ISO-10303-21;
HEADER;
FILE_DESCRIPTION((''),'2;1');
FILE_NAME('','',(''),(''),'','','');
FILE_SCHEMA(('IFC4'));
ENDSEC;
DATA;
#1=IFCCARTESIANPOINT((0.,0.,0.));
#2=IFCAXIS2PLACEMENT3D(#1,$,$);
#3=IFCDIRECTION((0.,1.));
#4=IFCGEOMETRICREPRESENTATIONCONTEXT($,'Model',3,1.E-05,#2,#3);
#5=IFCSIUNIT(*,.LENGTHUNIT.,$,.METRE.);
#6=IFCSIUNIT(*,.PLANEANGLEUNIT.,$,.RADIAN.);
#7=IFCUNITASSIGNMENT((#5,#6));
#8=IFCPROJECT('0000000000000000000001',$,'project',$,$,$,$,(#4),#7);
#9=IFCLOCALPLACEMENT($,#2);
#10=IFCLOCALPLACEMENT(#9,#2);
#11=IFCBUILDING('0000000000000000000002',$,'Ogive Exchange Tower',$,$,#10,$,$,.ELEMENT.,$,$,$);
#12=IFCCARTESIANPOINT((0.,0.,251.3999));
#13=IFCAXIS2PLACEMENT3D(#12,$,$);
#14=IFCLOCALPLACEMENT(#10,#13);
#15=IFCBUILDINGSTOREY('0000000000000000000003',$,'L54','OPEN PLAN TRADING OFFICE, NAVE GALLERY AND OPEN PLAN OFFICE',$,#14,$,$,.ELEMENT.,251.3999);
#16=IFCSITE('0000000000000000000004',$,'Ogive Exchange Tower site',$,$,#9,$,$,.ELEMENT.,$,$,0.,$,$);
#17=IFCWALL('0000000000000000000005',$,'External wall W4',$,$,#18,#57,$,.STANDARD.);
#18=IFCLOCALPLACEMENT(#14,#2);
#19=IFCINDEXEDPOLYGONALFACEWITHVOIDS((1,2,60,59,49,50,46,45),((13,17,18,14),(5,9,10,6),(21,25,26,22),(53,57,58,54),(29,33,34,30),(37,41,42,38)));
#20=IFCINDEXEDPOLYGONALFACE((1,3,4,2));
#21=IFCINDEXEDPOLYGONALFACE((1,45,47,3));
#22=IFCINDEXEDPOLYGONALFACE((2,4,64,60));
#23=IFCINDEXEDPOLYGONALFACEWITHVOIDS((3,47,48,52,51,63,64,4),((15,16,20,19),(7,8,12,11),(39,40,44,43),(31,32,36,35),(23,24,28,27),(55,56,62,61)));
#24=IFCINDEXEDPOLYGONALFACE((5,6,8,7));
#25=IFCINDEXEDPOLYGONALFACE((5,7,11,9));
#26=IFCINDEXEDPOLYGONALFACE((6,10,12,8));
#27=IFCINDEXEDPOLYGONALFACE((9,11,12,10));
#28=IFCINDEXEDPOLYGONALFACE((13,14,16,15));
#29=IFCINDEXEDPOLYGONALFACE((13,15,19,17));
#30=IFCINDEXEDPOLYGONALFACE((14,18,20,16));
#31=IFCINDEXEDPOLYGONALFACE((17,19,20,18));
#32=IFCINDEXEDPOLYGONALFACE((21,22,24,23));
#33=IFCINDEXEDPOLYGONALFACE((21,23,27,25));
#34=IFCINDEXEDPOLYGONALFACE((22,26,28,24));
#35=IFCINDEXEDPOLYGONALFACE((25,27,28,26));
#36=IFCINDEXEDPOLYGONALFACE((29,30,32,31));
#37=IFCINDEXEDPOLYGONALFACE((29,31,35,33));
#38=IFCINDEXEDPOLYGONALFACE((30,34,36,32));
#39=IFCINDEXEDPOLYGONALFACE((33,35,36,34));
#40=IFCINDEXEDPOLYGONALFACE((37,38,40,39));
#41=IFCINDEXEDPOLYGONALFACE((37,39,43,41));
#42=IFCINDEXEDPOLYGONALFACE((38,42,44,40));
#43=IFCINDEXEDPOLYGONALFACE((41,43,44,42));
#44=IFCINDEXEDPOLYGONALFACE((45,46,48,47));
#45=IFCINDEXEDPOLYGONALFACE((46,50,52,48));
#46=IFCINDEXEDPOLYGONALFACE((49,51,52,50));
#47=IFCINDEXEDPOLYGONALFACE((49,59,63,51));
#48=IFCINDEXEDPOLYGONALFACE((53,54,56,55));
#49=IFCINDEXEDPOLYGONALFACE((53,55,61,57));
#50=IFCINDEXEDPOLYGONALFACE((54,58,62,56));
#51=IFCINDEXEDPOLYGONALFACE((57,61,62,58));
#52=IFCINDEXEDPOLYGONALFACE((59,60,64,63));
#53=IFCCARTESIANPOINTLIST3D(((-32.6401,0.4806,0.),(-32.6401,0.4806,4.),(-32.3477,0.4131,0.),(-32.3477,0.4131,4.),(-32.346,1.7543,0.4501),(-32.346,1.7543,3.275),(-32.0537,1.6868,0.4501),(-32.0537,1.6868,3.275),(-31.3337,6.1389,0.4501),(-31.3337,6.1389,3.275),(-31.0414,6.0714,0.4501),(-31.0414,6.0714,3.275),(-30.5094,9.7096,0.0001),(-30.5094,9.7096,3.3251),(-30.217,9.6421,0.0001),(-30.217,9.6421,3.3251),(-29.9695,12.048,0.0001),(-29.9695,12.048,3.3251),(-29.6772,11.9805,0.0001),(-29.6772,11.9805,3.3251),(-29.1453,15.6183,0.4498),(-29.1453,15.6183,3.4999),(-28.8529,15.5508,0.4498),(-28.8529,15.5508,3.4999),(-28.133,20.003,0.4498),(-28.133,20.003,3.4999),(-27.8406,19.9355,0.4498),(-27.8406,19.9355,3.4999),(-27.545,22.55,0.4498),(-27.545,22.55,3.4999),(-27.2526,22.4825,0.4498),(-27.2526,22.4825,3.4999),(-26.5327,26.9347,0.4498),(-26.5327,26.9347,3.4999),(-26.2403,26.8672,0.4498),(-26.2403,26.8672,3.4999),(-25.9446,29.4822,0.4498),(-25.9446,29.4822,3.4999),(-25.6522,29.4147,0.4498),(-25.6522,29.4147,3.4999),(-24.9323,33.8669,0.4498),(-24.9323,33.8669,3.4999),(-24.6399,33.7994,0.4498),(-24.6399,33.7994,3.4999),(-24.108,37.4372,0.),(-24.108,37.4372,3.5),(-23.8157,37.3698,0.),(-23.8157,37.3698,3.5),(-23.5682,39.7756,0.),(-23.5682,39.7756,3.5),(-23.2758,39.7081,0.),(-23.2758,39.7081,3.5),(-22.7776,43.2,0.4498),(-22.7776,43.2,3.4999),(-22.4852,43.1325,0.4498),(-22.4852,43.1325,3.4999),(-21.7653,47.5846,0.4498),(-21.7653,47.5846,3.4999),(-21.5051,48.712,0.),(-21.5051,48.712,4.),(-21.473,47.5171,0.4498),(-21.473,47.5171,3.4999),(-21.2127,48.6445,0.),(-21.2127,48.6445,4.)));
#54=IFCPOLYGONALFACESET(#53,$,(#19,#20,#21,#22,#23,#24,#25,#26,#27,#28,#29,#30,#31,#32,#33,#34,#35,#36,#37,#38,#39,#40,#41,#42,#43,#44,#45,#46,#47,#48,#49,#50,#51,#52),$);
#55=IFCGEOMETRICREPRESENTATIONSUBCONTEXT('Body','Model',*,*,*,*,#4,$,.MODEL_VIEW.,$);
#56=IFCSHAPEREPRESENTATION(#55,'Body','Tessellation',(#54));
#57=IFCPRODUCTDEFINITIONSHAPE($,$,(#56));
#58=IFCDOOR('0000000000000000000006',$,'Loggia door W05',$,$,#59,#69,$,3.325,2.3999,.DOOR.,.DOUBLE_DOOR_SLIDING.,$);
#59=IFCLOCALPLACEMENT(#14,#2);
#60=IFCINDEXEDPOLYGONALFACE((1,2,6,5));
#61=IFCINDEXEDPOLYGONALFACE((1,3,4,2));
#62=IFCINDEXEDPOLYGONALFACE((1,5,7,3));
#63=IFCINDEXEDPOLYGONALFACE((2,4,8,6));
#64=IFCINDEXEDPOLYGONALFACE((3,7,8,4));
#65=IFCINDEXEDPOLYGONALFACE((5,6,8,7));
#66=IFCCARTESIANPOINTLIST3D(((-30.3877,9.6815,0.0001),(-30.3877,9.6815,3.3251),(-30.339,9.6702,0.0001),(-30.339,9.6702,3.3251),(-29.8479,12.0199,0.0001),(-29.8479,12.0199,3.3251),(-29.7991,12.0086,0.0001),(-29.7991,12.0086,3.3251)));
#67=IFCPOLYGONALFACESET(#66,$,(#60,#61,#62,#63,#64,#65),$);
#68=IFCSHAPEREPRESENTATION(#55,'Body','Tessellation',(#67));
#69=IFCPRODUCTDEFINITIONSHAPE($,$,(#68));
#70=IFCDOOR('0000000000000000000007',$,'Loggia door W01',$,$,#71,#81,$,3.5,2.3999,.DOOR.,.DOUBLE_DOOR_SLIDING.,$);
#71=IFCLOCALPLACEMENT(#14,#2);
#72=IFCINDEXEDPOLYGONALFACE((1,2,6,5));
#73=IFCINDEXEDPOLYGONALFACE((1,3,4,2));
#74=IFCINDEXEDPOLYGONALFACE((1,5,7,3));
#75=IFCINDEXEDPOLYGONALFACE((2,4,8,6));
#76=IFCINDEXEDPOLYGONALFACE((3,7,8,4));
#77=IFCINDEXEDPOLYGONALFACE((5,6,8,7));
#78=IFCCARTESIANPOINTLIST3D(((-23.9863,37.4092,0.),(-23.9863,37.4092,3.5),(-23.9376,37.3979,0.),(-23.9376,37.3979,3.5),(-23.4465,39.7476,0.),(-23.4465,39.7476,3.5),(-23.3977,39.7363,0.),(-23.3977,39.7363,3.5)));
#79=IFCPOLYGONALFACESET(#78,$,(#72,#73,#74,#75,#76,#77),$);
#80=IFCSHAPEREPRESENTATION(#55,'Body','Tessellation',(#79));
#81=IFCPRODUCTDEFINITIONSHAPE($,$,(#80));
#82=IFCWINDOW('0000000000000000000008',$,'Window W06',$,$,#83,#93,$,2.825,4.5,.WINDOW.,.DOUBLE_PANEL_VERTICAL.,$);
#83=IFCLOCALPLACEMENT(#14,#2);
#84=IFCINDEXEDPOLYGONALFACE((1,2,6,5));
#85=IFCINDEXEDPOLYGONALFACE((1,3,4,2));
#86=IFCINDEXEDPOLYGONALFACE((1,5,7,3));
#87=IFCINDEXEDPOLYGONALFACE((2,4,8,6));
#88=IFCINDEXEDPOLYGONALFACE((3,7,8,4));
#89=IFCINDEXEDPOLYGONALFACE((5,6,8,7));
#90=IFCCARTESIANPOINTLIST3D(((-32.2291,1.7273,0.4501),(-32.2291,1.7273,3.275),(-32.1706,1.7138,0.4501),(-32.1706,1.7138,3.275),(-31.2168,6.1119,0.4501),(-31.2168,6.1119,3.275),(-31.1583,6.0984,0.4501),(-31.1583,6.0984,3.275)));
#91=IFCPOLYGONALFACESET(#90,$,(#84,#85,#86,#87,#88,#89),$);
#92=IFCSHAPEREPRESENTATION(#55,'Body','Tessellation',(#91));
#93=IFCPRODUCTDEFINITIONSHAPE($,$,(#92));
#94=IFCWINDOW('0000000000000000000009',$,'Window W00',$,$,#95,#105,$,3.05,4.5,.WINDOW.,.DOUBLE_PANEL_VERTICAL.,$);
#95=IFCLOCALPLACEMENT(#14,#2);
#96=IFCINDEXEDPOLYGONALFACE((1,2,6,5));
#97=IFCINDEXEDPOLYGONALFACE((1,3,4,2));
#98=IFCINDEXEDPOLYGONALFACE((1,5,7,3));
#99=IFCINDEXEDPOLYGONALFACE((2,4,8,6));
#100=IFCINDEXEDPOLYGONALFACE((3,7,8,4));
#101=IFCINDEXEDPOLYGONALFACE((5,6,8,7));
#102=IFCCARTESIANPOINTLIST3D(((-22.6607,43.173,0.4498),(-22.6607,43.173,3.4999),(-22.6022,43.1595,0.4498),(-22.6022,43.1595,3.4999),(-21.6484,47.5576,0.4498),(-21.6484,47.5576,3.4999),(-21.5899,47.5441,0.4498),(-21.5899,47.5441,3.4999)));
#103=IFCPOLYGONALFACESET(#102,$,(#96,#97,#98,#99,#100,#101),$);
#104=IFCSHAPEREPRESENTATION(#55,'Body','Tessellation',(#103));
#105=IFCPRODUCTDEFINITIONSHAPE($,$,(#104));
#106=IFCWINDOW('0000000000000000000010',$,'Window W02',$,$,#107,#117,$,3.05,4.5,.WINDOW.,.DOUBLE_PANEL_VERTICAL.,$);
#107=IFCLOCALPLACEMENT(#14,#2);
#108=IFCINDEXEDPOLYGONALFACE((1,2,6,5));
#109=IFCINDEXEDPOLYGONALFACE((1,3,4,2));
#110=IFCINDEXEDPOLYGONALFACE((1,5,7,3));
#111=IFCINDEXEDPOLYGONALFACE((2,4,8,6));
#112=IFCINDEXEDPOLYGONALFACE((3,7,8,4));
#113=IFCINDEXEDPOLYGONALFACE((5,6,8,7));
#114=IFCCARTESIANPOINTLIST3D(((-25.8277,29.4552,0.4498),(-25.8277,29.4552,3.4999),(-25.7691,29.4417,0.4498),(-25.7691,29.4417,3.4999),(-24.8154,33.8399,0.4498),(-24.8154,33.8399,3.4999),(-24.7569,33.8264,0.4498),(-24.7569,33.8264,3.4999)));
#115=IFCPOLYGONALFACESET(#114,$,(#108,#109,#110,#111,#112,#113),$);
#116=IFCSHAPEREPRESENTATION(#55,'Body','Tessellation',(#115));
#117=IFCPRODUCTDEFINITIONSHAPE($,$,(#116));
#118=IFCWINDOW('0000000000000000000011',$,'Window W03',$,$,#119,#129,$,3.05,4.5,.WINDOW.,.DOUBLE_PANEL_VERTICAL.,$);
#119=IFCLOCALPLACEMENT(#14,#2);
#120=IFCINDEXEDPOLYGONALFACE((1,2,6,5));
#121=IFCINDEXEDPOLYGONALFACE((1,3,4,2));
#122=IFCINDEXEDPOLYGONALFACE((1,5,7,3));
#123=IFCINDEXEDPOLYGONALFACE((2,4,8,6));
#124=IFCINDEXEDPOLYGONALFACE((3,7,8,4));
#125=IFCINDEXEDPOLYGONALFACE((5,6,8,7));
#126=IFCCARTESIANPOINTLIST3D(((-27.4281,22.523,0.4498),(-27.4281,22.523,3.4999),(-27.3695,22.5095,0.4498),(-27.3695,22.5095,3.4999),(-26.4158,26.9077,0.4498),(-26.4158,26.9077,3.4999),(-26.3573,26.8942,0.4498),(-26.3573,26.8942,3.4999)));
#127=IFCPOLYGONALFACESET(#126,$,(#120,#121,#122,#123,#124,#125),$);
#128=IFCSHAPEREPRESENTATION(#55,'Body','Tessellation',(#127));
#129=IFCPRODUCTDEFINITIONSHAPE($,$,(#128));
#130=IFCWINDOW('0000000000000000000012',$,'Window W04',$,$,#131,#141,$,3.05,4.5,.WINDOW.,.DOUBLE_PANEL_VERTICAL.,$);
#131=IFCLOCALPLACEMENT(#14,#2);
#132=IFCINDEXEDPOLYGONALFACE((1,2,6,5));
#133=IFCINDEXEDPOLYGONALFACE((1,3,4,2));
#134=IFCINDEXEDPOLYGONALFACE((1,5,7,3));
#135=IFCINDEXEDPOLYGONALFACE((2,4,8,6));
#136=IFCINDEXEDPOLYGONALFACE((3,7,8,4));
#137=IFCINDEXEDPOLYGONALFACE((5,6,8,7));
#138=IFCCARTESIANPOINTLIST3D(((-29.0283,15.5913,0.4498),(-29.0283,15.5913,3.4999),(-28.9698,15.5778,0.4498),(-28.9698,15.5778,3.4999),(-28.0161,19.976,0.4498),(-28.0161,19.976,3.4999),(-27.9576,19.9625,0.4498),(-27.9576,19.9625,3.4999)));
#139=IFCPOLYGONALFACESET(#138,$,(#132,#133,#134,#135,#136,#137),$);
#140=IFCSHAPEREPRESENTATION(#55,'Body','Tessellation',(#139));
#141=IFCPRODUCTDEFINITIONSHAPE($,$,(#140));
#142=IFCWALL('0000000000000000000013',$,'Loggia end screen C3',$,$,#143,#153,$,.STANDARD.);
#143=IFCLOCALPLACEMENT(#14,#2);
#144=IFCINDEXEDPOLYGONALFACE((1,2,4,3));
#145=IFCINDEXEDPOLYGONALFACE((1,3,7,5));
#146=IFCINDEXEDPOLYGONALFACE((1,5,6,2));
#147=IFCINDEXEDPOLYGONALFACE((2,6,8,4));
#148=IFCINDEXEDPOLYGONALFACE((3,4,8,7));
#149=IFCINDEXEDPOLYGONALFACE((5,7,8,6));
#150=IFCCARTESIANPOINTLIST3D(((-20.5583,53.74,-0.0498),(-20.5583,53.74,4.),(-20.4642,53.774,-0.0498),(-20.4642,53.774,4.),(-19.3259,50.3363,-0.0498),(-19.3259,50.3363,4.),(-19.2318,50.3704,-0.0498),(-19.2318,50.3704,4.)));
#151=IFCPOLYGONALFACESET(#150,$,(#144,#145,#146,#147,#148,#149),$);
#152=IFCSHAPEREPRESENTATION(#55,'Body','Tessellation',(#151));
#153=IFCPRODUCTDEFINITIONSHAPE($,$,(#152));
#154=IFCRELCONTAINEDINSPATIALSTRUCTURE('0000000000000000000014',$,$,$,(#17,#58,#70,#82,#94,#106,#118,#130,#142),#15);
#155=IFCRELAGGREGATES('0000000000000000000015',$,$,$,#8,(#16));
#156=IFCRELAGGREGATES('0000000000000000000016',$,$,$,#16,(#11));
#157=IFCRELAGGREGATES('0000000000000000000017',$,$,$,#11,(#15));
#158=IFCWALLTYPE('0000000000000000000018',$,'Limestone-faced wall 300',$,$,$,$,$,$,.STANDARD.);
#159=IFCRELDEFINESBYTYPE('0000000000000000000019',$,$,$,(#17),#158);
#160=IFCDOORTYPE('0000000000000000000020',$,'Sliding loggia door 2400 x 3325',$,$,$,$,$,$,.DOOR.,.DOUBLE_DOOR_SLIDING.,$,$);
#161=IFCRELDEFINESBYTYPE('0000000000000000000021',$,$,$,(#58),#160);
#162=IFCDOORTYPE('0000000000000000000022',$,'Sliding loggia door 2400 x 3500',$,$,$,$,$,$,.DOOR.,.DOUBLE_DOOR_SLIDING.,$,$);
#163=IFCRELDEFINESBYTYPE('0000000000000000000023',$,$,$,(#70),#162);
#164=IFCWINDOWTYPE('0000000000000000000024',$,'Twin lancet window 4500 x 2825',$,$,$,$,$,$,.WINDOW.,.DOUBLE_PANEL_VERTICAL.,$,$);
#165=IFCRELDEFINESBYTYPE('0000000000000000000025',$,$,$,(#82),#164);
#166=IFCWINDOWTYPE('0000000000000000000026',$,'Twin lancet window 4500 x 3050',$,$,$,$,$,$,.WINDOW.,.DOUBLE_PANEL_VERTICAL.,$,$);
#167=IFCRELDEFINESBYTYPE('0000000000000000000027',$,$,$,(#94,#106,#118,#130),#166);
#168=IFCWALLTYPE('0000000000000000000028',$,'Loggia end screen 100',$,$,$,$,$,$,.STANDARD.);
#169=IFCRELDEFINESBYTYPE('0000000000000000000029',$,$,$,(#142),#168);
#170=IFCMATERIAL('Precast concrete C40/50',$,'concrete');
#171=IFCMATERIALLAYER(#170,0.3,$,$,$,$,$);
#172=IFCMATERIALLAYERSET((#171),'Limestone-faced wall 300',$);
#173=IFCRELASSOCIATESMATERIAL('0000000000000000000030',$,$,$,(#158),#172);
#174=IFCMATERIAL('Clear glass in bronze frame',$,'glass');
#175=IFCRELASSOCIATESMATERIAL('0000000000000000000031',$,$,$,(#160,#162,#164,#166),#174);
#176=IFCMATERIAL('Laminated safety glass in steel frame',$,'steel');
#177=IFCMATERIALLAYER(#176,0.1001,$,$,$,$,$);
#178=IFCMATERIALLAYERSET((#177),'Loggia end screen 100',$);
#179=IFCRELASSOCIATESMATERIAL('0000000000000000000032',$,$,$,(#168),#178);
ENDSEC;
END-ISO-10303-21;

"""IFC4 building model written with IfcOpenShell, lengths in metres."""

from ifc_helpers import new_model, si_unit, direction, frame, frame_2d, origin, place, context, subcontext, project, spatial, rectangle, extrude, material, layer, layer_set, type_object, element, fill, save


model = new_model("IFC4")

# Units and contexts
model_context = context("Model", 3, precision=1e-05, world=origin(), true_north=direction((0.0, 1.0)))
body_context = subcontext(model_context, "Body", "Model", "MODEL_VIEW")
ifc_project = project(units=[si_unit("LENGTHUNIT", "METRE"), si_unit("PLANEANGLEUNIT", "RADIAN")], contexts=[model_context])

# Site, building, storey
site_placement = place(None, origin())
site = spatial("IfcSite", under=ifc_project, at=site_placement, Name="Ogive Exchange Tower site", CompositionType="ELEMENT", RefElevation=0.0)
building_placement = place(site_placement, origin())
building = spatial("IfcBuilding", under=site, at=building_placement, Name="Ogive Exchange Tower", CompositionType="ELEMENT")
storey_placement = place(building_placement, frame((0.0, 0.0, 251.3999)))
storey = spatial("IfcBuildingStorey", under=building, at=storey_placement, Name="L54", Description="OPEN PLAN TRADING OFFICE, NAVE GALLERY AND OPEN PLAN OFFICE", CompositionType="ELEMENT", Elevation=251.3999)

# Wall, openings, doors, windows
ifc_material_1 = material(Name="Precast concrete C40/50", Category="concrete")
ifc_layer_1 = layer(ifc_material_1, 0.3)
ifc_layer_set_1 = layer_set([ifc_layer_1], Name="Limestone-faced wall 300")
wall_type_1 = type_object("IfcWallType", Name="Limestone-faced wall 300", PredefinedType="STANDARD", material=ifc_layer_set_1)
wall_1_placement = place(storey_placement, frame((-21.3589, 48.6782, 0.0), z_axis=(0.0, 0.0, 1.0), x_axis=(-0.224949, -0.97437, 0.0)))
wall_1 = element("IfcWall", 1, at=wall_1_placement, inside=storey, type_object=wall_type_1, Name="External wall W4", PredefinedType="STANDARD", context=body_context, shape_type="SweptSolid", body=[
    extrude(rectangle(XDim=49.5, YDim=0.3, at=frame_2d((24.75, 0.0))), origin(), (0.0, 0.0, 1.0), 4.0),
])
opening_1_placement = place(wall_1_placement, frame((1.157, 0.0, 0.45)))
opening_1 = element("IfcOpeningElement", 2, at=opening_1_placement, cuts=wall_1, PredefinedType="OPENING", context=body_context, shape_type="SweptSolid", body=[
    extrude(rectangle(XDim=4.5, YDim=3.05, at=frame_2d((2.25, 1.5249))), frame((0.0, 0.1599, 0.0), z_axis=(0.0, -1.0, 0.0), x_axis=(1.0, 0.0, 0.0)), (0.0, 0.0, 1.0), 0.3201),
])
opening_2_placement = place(wall_1_placement, frame((9.1714, 0.0, 0.0)))
opening_2 = element("IfcOpeningElement", 3, at=opening_2_placement, cuts=wall_1, PredefinedType="OPENING", context=body_context, shape_type="SweptSolid", body=[
    extrude(rectangle(XDim=2.3999, YDim=3.5, at=frame_2d((1.2, 1.75))), frame((0.0, 0.1599, 0.0), z_axis=(0.0, -1.0, 0.0), x_axis=(1.0, 0.0, 0.0)), (0.0, 0.0, 1.0), 0.3201),
])
opening_3_placement = place(wall_1_placement, frame((15.2356, 0.0, 0.45)))
opening_3 = element("IfcOpeningElement", 4, at=opening_3_placement, cuts=wall_1, PredefinedType="OPENING", context=body_context, shape_type="SweptSolid", body=[
    extrude(rectangle(XDim=4.5, YDim=3.05, at=frame_2d((2.25, 1.5249))), frame((0.0, 0.1599, 0.0), z_axis=(0.0, -1.0, 0.0), x_axis=(1.0, 0.0, 0.0)), (0.0, 0.0, 1.0), 0.3201),
])
opening_4_placement = place(wall_1_placement, frame((22.3501, 0.0, 0.45)))
opening_4 = element("IfcOpeningElement", 5, at=opening_4_placement, cuts=wall_1, PredefinedType="OPENING", context=body_context, shape_type="SweptSolid", body=[
    extrude(rectangle(XDim=4.5, YDim=3.05, at=frame_2d((2.25, 1.5249))), frame((0.0, 0.1599, 0.0), z_axis=(0.0, -1.0, 0.0), x_axis=(1.0, 0.0, 0.0)), (0.0, 0.0, 1.0), 0.3201),
])
opening_5_placement = place(wall_1_placement, frame((29.4641, 0.0, 0.45)))
opening_5 = element("IfcOpeningElement", 6, at=opening_5_placement, cuts=wall_1, PredefinedType="OPENING", context=body_context, shape_type="SweptSolid", body=[
    extrude(rectangle(XDim=4.5, YDim=3.05, at=frame_2d((2.25, 1.5249))), frame((0.0, 0.1599, 0.0), z_axis=(0.0, -1.0, 0.0), x_axis=(1.0, 0.0, 0.0)), (0.0, 0.0, 1.0), 0.3201),
])
opening_6_placement = place(wall_1_placement, frame((37.6284, 0.0, 0.0)))
opening_6 = element("IfcOpeningElement", 7, at=opening_6_placement, cuts=wall_1, PredefinedType="OPENING", context=body_context, shape_type="SweptSolid", body=[
    extrude(rectangle(XDim=2.3999, YDim=3.325, at=frame_2d((1.2, 1.6626))), frame((0.0, 0.1599, 0.0), z_axis=(0.0, -1.0, 0.0), x_axis=(1.0, 0.0, 0.0)), (0.0, 0.0, 1.0), 0.3201),
])
opening_7_placement = place(wall_1_placement, frame((43.6929, 0.0, 0.45)))
opening_7 = element("IfcOpeningElement", 8, at=opening_7_placement, cuts=wall_1, PredefinedType="OPENING", context=body_context, shape_type="SweptSolid", body=[
    extrude(rectangle(XDim=4.5, YDim=2.825, at=frame_2d((2.25, 1.4126))), frame((0.0, 0.1599, 0.0), z_axis=(0.0, -1.0, 0.0), x_axis=(1.0, 0.0, 0.0)), (0.0, 0.0, 1.0), 0.3201),
])
ifc_material_2 = material(Name="Clear glass in bronze frame", Category="glass")
door_type_1 = type_object("IfcDoorType", Name="Sliding loggia door 2400 x 3325", OperationType="DOUBLE_DOOR_SLIDING", PredefinedType="DOOR", material=ifc_material_2)
door_1_placement = place(opening_6_placement, origin())
door_1 = element("IfcDoor", 9, at=door_1_placement, inside=storey, type_object=door_type_1, Name="Loggia door W05", OperationType="DOUBLE_DOOR_SLIDING", OverallHeight=3.325, OverallWidth=2.3999, PredefinedType="DOOR", context=body_context, shape_type="SweptSolid", body=[
    extrude(rectangle(XDim=2.3999, YDim=3.325, at=frame_2d((1.2, 1.6626))), frame((0.0, 0.0249, 0.0), z_axis=(0.0, -1.0, 0.0), x_axis=(1.0, 0.0, 0.0)), (0.0, 0.0, 1.0), 0.05),
])
fill(opening_6, door_1)
door_type_2 = type_object("IfcDoorType", Name="Sliding loggia door 2400 x 3500", OperationType="DOUBLE_DOOR_SLIDING", PredefinedType="DOOR", material=ifc_material_2)
door_2_placement = place(opening_2_placement, origin())
door_2 = element("IfcDoor", 10, at=door_2_placement, inside=storey, type_object=door_type_2, Name="Loggia door W01", OperationType="DOUBLE_DOOR_SLIDING", OverallHeight=3.5, OverallWidth=2.3999, PredefinedType="DOOR", context=body_context, shape_type="SweptSolid", body=[
    extrude(rectangle(XDim=2.3999, YDim=3.5, at=frame_2d((1.2, 1.75))), frame((0.0, 0.0249, 0.0), z_axis=(0.0, -1.0, 0.0), x_axis=(1.0, 0.0, 0.0)), (0.0, 0.0, 1.0), 0.05),
])
fill(opening_2, door_2)
window_type_1 = type_object("IfcWindowType", Name="Twin lancet window 4500 x 2825", PartitioningType="DOUBLE_PANEL_VERTICAL", PredefinedType="WINDOW", material=ifc_material_2)
window_1_placement = place(opening_7_placement, origin())
window_1 = element("IfcWindow", 11, at=window_1_placement, inside=storey, type_object=window_type_1, Name="Window W06", OverallHeight=2.825, OverallWidth=4.5, PartitioningType="DOUBLE_PANEL_VERTICAL", PredefinedType="WINDOW", context=body_context, shape_type="SweptSolid", body=[
    extrude(rectangle(XDim=4.5, YDim=2.825, at=frame_2d((2.25, 1.4126))), frame((0.0, 0.03, 0.0), z_axis=(0.0, -1.0, 0.0), x_axis=(1.0, 0.0, 0.0)), (0.0, 0.0, 1.0), 0.0601),
])
fill(opening_7, window_1)
window_type_2 = type_object("IfcWindowType", Name="Twin lancet window 4500 x 3050", PartitioningType="DOUBLE_PANEL_VERTICAL", PredefinedType="WINDOW", material=ifc_material_2)
window_2_placement = place(opening_1_placement, origin())
window_2 = element("IfcWindow", 12, at=window_2_placement, inside=storey, type_object=window_type_2, Name="Window W00", OverallHeight=3.05, OverallWidth=4.5, PartitioningType="DOUBLE_PANEL_VERTICAL", PredefinedType="WINDOW", context=body_context, shape_type="SweptSolid", body=[
    extrude(rectangle(XDim=4.5, YDim=3.05, at=frame_2d((2.25, 1.5249))), frame((0.0, 0.03, 0.0), z_axis=(0.0, -1.0, 0.0), x_axis=(1.0, 0.0, 0.0)), (0.0, 0.0, 1.0), 0.0601),
])
fill(opening_1, window_2)
window_3_placement = place(opening_3_placement, origin())
window_3 = element("IfcWindow", 13, at=window_3_placement, inside=storey, type_object=window_type_2, Name="Window W02", OverallHeight=3.05, OverallWidth=4.5, PartitioningType="DOUBLE_PANEL_VERTICAL", PredefinedType="WINDOW", context=body_context, shape_type="SweptSolid", body=[
    extrude(rectangle(XDim=4.5, YDim=3.05, at=frame_2d((2.25, 1.5249))), frame((0.0, 0.03, 0.0), z_axis=(0.0, -1.0, 0.0), x_axis=(1.0, 0.0, 0.0)), (0.0, 0.0, 1.0), 0.0601),
])
fill(opening_3, window_3)
window_4_placement = place(opening_4_placement, origin())
window_4 = element("IfcWindow", 14, at=window_4_placement, inside=storey, type_object=window_type_2, Name="Window W03", OverallHeight=3.05, OverallWidth=4.5, PartitioningType="DOUBLE_PANEL_VERTICAL", PredefinedType="WINDOW", context=body_context, shape_type="SweptSolid", body=[
    extrude(rectangle(XDim=4.5, YDim=3.05, at=frame_2d((2.25, 1.5249))), frame((0.0, 0.03, 0.0), z_axis=(0.0, -1.0, 0.0), x_axis=(1.0, 0.0, 0.0)), (0.0, 0.0, 1.0), 0.0601),
])
fill(opening_4, window_4)
window_5_placement = place(opening_5_placement, origin())
window_5 = element("IfcWindow", 15, at=window_5_placement, inside=storey, type_object=window_type_2, Name="Window W04", OverallHeight=3.05, OverallWidth=4.5, PartitioningType="DOUBLE_PANEL_VERTICAL", PredefinedType="WINDOW", context=body_context, shape_type="SweptSolid", body=[
    extrude(rectangle(XDim=4.5, YDim=3.05, at=frame_2d((2.25, 1.5249))), frame((0.0, 0.03, 0.0), z_axis=(0.0, -1.0, 0.0), x_axis=(1.0, 0.0, 0.0)), (0.0, 0.0, 1.0), 0.0601),
])
fill(opening_5, window_5)

# Wall
ifc_material_3 = material(Name="Laminated safety glass in steel frame", Category="steel")
ifc_layer_2 = layer(ifc_material_3, 0.1001)
ifc_layer_set_2 = layer_set([ifc_layer_2], Name="Loggia end screen 100")
wall_type_2 = type_object("IfcWallType", Name="Loggia end screen 100", PredefinedType="STANDARD", material=ifc_layer_set_2)
wall_2_placement = place(storey_placement, frame((-19.2788, 50.3533, -0.0498), z_axis=(0.0, 0.0, 1.0), x_axis=(-0.340465, 0.940257, 0.0)))
element("IfcWall", 16, at=wall_2_placement, inside=storey, type_object=wall_type_2, Name="Loggia end screen C3", PredefinedType="STANDARD", context=body_context, shape_type="SweptSolid", body=[
    extrude(rectangle(XDim=3.6199, YDim=0.1001, at=frame_2d((1.8101, 0.0))), origin(), (0.0, 0.0, 1.0), 4.0498),
])

save(model, "model.ifc")
